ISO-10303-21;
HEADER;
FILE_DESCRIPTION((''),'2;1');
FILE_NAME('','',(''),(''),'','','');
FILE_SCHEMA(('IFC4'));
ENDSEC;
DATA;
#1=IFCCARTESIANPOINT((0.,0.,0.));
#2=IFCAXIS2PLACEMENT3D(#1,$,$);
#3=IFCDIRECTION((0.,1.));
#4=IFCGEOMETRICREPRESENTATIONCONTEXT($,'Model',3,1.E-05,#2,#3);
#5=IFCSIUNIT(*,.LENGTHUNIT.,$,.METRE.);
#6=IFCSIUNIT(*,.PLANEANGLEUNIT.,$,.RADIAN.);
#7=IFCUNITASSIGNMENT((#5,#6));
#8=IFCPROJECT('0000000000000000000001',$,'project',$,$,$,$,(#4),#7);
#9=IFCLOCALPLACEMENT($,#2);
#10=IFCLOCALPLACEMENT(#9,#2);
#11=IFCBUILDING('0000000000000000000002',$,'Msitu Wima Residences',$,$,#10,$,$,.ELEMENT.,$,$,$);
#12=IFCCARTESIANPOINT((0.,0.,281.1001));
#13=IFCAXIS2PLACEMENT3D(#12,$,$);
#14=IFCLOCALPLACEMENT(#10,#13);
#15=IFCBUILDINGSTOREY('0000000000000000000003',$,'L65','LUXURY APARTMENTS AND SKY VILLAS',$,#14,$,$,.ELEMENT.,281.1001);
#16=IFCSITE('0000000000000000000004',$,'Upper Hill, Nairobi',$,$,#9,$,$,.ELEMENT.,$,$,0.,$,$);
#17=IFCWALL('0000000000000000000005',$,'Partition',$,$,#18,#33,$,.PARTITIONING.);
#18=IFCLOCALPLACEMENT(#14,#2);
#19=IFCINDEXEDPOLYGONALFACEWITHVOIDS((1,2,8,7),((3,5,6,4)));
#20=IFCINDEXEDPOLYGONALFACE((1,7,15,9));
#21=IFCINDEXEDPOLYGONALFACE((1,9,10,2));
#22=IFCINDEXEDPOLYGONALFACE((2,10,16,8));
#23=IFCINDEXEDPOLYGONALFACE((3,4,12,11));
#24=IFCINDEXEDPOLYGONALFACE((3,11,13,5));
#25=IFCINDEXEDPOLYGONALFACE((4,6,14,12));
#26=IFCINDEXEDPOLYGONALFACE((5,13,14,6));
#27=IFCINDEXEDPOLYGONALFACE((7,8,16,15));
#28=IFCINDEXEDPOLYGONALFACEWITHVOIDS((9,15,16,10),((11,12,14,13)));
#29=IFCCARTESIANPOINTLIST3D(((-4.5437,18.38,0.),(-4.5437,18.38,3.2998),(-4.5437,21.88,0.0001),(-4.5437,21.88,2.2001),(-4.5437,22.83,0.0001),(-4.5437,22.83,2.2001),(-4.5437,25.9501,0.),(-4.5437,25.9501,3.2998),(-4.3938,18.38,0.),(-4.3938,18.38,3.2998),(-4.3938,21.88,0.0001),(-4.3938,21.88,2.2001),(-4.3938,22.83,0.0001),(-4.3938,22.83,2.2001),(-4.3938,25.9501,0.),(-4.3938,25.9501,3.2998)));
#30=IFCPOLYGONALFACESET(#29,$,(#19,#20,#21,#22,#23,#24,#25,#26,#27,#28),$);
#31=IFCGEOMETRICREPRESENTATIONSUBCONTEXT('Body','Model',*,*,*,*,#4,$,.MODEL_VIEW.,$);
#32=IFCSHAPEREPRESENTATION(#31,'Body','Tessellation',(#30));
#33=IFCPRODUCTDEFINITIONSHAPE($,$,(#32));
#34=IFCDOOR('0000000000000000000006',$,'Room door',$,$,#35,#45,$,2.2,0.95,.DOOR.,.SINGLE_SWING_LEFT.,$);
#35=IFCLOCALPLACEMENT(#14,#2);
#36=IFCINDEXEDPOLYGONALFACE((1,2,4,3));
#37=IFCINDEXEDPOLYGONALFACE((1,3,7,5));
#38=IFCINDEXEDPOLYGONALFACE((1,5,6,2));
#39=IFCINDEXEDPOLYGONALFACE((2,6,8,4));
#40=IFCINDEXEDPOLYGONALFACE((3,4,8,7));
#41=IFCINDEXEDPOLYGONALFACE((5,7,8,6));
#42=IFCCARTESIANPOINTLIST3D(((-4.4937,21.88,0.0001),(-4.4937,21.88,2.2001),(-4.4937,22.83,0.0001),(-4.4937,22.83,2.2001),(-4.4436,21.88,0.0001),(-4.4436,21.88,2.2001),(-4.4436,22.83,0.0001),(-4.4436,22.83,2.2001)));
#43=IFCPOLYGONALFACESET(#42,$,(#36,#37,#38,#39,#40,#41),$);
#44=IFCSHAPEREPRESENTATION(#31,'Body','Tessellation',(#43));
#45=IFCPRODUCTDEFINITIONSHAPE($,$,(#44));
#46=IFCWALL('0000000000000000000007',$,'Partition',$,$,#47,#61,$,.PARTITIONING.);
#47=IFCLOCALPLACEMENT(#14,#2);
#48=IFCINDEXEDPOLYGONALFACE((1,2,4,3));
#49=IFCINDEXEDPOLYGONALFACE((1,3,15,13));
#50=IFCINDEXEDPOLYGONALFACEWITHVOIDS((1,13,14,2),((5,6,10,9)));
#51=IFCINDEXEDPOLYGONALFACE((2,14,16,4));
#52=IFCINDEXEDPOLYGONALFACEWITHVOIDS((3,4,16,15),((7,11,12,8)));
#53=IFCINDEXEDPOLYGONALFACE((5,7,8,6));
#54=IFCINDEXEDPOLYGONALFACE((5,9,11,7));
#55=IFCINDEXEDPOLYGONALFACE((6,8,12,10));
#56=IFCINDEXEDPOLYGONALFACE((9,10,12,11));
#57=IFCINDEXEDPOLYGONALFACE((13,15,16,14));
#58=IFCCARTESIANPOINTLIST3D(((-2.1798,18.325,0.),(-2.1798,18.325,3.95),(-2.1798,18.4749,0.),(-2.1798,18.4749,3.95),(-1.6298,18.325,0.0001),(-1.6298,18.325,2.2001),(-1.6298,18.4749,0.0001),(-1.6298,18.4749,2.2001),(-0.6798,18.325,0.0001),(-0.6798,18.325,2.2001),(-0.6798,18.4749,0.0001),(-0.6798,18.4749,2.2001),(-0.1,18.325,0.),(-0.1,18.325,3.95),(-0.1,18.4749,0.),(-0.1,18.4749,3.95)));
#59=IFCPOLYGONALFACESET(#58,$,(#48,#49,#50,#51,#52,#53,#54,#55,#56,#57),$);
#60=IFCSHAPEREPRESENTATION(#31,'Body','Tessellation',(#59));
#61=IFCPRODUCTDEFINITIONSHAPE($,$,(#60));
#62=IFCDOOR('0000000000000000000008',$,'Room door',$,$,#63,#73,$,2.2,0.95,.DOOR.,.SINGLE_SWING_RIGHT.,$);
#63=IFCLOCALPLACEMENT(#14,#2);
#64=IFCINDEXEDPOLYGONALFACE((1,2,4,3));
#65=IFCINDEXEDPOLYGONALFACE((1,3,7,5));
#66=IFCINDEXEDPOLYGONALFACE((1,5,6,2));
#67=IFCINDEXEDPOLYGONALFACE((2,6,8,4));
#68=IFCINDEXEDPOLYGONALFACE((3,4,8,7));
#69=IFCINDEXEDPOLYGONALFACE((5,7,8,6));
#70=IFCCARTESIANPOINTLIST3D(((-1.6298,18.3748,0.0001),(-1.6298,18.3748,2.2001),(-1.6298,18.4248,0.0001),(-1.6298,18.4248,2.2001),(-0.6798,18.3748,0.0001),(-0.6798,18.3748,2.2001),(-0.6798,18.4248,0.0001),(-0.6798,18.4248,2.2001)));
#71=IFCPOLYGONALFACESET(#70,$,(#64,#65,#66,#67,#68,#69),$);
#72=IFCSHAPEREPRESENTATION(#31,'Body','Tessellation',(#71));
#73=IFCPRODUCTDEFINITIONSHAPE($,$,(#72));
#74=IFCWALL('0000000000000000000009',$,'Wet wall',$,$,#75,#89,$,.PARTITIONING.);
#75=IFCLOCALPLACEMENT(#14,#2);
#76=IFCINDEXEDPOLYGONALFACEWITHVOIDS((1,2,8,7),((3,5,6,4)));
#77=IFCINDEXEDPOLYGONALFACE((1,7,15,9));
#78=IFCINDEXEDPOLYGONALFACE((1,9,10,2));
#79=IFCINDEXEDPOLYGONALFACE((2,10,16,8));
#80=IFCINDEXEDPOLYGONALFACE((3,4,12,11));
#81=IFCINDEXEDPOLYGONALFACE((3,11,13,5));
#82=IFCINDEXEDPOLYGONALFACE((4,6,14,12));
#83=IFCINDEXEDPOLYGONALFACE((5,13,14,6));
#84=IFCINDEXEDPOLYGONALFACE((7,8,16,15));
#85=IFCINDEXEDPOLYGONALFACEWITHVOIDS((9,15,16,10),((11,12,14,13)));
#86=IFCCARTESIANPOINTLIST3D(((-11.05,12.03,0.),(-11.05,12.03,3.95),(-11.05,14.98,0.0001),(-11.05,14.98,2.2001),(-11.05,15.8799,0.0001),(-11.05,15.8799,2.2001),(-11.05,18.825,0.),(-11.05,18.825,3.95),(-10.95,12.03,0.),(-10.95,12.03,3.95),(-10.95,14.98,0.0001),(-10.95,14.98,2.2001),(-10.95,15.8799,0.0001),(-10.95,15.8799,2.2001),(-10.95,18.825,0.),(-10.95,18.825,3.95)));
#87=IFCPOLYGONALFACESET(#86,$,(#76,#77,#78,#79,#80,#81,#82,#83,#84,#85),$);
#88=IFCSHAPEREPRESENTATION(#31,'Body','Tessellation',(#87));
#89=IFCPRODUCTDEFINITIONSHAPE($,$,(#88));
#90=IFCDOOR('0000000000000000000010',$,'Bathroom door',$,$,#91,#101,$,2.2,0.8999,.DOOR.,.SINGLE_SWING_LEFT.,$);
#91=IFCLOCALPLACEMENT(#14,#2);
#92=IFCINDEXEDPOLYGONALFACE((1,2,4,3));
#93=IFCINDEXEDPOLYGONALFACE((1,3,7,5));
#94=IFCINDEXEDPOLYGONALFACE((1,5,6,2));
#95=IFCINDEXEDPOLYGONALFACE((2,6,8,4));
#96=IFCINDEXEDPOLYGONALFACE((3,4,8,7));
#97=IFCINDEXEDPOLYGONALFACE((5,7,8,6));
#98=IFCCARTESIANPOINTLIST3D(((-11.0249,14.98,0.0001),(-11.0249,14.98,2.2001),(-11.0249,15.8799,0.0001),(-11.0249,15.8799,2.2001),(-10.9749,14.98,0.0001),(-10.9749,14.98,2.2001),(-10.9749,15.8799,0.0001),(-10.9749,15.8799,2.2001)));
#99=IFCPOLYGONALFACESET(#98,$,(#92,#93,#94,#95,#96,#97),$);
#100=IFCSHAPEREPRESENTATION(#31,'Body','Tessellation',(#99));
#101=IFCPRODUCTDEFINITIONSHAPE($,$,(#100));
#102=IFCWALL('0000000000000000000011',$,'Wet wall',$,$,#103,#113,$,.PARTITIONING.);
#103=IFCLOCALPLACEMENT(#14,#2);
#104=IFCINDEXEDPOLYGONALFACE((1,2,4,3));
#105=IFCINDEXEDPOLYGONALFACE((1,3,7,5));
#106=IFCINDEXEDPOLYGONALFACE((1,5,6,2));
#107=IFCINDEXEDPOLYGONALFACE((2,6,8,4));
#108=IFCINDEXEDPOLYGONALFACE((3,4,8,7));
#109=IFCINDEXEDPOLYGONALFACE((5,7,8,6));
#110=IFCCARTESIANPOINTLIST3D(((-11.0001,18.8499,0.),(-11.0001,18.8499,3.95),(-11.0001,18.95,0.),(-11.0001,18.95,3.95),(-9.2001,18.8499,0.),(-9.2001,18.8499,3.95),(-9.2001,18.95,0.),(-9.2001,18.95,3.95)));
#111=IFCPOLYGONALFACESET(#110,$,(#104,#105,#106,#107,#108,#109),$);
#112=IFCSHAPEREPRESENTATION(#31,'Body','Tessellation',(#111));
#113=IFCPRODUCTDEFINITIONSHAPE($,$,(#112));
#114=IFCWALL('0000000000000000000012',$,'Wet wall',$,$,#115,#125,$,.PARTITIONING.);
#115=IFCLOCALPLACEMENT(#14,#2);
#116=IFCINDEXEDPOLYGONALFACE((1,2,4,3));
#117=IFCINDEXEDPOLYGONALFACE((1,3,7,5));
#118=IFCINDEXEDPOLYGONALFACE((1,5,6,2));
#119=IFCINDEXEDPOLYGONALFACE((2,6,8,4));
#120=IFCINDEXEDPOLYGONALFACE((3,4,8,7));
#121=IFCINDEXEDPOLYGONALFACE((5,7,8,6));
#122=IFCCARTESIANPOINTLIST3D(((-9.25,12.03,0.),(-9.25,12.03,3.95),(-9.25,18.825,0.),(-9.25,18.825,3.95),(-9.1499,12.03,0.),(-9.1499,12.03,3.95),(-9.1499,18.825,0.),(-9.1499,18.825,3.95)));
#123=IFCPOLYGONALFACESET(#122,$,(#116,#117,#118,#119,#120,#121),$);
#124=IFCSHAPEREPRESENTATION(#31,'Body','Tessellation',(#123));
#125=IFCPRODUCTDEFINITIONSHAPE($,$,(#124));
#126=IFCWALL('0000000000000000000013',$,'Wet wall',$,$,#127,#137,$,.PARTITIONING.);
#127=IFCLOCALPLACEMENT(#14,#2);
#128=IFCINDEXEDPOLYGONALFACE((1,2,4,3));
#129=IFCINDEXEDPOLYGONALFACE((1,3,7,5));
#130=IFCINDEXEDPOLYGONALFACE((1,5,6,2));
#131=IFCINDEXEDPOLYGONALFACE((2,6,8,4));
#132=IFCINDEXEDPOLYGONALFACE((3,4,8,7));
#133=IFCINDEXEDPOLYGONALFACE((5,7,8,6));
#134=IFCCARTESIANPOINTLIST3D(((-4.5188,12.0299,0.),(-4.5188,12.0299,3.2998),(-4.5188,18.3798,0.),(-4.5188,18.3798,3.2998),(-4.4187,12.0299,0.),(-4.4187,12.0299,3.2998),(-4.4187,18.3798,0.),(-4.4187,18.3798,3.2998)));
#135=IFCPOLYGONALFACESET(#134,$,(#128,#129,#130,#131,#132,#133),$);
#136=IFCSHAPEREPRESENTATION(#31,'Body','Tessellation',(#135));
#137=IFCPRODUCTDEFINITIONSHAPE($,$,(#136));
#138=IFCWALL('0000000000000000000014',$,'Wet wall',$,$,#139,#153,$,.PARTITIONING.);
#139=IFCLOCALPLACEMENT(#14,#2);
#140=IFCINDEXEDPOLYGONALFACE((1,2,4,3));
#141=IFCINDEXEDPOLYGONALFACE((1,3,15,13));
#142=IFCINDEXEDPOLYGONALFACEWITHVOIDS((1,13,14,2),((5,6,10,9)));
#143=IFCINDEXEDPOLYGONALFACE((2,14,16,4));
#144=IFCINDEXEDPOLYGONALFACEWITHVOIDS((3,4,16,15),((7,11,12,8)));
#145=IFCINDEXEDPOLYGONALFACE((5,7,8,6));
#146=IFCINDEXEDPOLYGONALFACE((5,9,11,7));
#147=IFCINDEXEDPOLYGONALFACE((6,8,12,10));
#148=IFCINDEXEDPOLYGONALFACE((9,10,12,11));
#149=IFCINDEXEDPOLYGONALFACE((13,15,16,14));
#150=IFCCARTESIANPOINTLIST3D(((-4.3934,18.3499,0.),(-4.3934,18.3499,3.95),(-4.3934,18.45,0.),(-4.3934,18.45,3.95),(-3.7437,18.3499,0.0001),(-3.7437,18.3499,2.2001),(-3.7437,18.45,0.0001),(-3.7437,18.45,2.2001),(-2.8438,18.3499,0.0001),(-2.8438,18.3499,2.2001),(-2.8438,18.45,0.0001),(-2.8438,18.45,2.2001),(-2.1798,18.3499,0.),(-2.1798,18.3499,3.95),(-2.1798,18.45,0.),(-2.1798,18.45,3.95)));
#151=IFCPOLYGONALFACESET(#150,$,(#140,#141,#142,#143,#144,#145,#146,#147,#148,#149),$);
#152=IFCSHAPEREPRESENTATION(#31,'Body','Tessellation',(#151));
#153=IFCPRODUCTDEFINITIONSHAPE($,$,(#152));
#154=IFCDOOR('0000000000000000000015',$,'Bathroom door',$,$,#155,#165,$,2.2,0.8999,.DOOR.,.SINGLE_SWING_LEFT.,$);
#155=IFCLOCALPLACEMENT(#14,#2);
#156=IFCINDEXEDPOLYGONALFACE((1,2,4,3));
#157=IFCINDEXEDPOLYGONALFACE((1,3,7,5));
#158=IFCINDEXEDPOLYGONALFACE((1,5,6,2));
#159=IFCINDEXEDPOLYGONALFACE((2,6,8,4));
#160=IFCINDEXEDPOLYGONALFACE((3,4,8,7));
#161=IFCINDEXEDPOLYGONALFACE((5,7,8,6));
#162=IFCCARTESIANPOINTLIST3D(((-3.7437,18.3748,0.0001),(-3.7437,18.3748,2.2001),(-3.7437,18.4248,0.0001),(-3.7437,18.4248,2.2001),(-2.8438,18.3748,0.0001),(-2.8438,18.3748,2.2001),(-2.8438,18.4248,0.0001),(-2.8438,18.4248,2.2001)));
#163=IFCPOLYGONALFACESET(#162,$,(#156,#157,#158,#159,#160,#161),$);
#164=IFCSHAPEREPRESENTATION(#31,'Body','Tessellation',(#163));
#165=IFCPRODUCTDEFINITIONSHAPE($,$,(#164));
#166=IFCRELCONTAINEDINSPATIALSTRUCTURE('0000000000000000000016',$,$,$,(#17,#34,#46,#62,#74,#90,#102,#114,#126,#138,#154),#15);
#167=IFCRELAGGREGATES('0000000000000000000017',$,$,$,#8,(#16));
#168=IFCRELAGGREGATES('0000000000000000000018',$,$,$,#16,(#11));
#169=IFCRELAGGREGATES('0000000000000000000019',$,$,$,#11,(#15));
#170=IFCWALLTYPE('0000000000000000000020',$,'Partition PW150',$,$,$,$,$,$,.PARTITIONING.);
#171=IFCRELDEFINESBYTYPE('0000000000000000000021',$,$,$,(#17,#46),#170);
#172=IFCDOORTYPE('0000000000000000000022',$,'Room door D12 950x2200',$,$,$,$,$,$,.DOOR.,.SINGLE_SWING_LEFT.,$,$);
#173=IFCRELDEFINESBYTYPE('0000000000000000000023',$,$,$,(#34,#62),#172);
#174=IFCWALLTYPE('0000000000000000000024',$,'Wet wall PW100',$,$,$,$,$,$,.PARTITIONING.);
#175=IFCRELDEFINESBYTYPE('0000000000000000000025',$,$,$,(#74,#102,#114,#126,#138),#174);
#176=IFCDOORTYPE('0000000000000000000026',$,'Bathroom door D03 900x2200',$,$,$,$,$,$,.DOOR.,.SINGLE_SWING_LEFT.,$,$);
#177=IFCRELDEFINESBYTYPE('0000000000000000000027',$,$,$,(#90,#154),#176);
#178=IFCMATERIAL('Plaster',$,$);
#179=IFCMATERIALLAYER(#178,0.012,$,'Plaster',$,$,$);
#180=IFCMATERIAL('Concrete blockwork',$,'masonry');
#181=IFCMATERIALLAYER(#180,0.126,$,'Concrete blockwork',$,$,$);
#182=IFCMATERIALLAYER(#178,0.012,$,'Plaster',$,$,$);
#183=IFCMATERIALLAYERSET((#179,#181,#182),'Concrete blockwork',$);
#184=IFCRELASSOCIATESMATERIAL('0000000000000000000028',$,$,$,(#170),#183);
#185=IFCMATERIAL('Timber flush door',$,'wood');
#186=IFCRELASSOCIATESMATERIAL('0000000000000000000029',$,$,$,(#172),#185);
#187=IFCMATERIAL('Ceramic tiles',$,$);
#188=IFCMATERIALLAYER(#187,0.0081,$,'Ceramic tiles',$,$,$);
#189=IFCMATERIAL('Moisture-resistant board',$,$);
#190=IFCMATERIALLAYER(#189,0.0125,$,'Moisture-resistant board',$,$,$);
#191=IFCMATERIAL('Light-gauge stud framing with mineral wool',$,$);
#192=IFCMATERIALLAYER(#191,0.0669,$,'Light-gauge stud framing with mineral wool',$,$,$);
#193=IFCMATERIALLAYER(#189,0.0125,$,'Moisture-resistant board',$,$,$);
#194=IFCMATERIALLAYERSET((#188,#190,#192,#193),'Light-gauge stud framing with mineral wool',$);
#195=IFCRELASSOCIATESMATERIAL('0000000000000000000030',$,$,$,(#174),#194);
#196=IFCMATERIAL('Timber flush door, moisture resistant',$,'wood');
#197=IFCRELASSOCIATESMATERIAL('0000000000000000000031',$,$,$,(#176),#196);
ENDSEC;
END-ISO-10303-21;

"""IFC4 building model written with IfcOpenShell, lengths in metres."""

from ifc_helpers import new_model, si_unit, direction, frame, frame_2d, origin, place, context, subcontext, project, spatial, rectangle, extrude, material, layer, layer_set, type_object, element, fill, save


model = new_model("IFC4")

# Units and contexts
model_context = context("Model", 3, precision=1e-05, world=origin(), true_north=direction((0.0, 1.0)))
body_context = subcontext(model_context, "Body", "Model", "MODEL_VIEW")
ifc_project = project(units=[si_unit("LENGTHUNIT", "METRE"), si_unit("PLANEANGLEUNIT", "RADIAN")], contexts=[model_context])

# Site, building, storey
site_placement = place(None, origin())
site = spatial("IfcSite", under=ifc_project, at=site_placement, Name="Upper Hill, Nairobi", CompositionType="ELEMENT", RefElevation=0.0)
building_placement = place(site_placement, origin())
building = spatial("IfcBuilding", under=site, at=building_placement, Name="Msitu Wima Residences", CompositionType="ELEMENT")
storey_placement = place(building_placement, frame((0.0, 0.0, 281.1001)))
storey = spatial("IfcBuildingStorey", under=building, at=storey_placement, Name="L65", Description="LUXURY APARTMENTS AND SKY VILLAS", CompositionType="ELEMENT", Elevation=281.1001)

# Walls, openings, doors
ifc_material_1 = material(Name="Plaster")
ifc_layer_1 = layer(ifc_material_1, 0.012, Name="Plaster")
ifc_material_2 = material(Name="Concrete blockwork", Category="masonry")
ifc_layer_2 = layer(ifc_material_2, 0.126, Name="Concrete blockwork")
ifc_layer_3 = layer(ifc_material_1, 0.012, Name="Plaster")
ifc_layer_set_1 = layer_set([ifc_layer_1, ifc_layer_2, ifc_layer_3], Name="Concrete blockwork")
wall_type_1 = type_object("IfcWallType", Name="Partition PW150", PredefinedType="PARTITIONING", material=ifc_layer_set_1)
ifc_material_3 = material(Name="Timber flush door", Category="wood")
door_type_1 = type_object("IfcDoorType", Name="Room door D12 950x2200", OperationType="SINGLE_SWING_LEFT", PredefinedType="DOOR", material=ifc_material_3)
wall_1_placement = place(storey_placement, frame((-4.4688, 18.3799, 0.0), z_axis=(0.0, 0.0, 1.0), x_axis=(0.0, 1.0, 0.0)))
wall_1 = element("IfcWall", 1, at=wall_1_placement, inside=storey, type_object=wall_type_1, Name="Partition", PredefinedType="PARTITIONING", context=body_context, shape_type="SweptSolid", body=[
    extrude(rectangle(XDim=7.5701, YDim=0.1499, at=frame_2d((3.7852, 0.0))), origin(), (0.0, 0.0, 1.0), 3.2998),
])
opening_1_placement = place(wall_1_placement, frame((3.5, 0.0, 0.0)))
opening_1 = element("IfcOpeningElement", 2, at=opening_1_placement, cuts=wall_1, PredefinedType="OPENING", context=body_context, shape_type="SweptSolid", body=[
    extrude(rectangle(XDim=0.95, YDim=2.2, at=frame_2d((0.4751, 1.1001))), frame((0.0, 0.085, 0.0), z_axis=(0.0, -1.0, 0.0), x_axis=(1.0, 0.0, 0.0)), (0.0, 0.0, 1.0), 0.1699),
])
door_1_placement = place(opening_1_placement, origin())
door_1 = element("IfcDoor", 3, at=door_1_placement, inside=storey, type_object=door_type_1, Name="Room door", OperationType="SINGLE_SWING_LEFT", OverallHeight=2.2, OverallWidth=0.95, PredefinedType="DOOR", context=body_context, shape_type="SweptSolid", body=[
    extrude(rectangle(XDim=0.95, YDim=2.2, at=frame_2d((0.4751, 1.1001))), frame((0.0, 0.0249, 0.0), z_axis=(0.0, -1.0, 0.0), x_axis=(1.0, 0.0, 0.0)), (0.0, 0.0, 1.0), 0.05),
])
fill(opening_1, door_1)
wall_2_placement = place(storey_placement, frame((-2.1799, 18.3999, 0.0), z_axis=(0.0, 0.0, 1.0), x_axis=(1.0, 0.0, 0.0)))
wall_2 = element("IfcWall", 4, at=wall_2_placement, inside=storey, type_object=wall_type_1, Name="Partition", PredefinedType="PARTITIONING", context=body_context, shape_type="SweptSolid", body=[
    extrude(rectangle(XDim=2.0798, YDim=0.1499, at=frame_2d((1.04, 0.0))), origin(), (0.0, 0.0, 1.0), 3.95),
])
opening_2_placement = place(wall_2_placement, frame((0.55, 0.0, 0.0)))
opening_2 = element("IfcOpeningElement", 5, at=opening_2_placement, cuts=wall_2, PredefinedType="OPENING", context=body_context, shape_type="SweptSolid", body=[
    extrude(rectangle(XDim=0.95, YDim=2.2, at=frame_2d((0.4751, 1.1001))), frame((0.0, 0.085, 0.0), z_axis=(0.0, -1.0, 0.0), x_axis=(1.0, 0.0, 0.0)), (0.0, 0.0, 1.0), 0.1699),
])
door_2_placement = place(opening_2_placement, origin())
door_2 = element("IfcDoor", 6, at=door_2_placement, inside=storey, type_object=door_type_1, Name="Room door", OperationType="SINGLE_SWING_RIGHT", OverallHeight=2.2, OverallWidth=0.95, PredefinedType="DOOR", context=body_context, shape_type="SweptSolid", body=[
    extrude(rectangle(XDim=0.95, YDim=2.2, at=frame_2d((0.4751, 1.1001))), frame((0.0, 0.0249, 0.0), z_axis=(0.0, -1.0, 0.0), x_axis=(1.0, 0.0, 0.0)), (0.0, 0.0, 1.0), 0.05),
])
fill(opening_2, door_2)
ifc_material_4 = material(Name="Ceramic tiles")
ifc_layer_4 = layer(ifc_material_4, 0.0081, Name="Ceramic tiles")
ifc_material_5 = material(Name="Moisture-resistant board")
ifc_layer_5 = layer(ifc_material_5, 0.0125, Name="Moisture-resistant board")
ifc_material_6 = material(Name="Light-gauge stud framing with mineral wool")
ifc_layer_6 = layer(ifc_material_6, 0.0669, Name="Light-gauge stud framing with mineral wool")
ifc_layer_7 = layer(ifc_material_5, 0.0125, Name="Moisture-resistant board")
ifc_layer_set_2 = layer_set([ifc_layer_4, ifc_layer_5, ifc_layer_6, ifc_layer_7], Name="Light-gauge stud framing with mineral wool")
wall_type_2 = type_object("IfcWallType", Name="Wet wall PW100", PredefinedType="PARTITIONING", material=ifc_layer_set_2)
wall_3_placement = place(storey_placement, frame((-11.0, 12.03, 0.0), z_axis=(0.0, 0.0, 1.0), x_axis=(0.0, 1.0, 0.0)))
wall_3 = element("IfcWall", 7, at=wall_3_placement, inside=storey, type_object=wall_type_2, Name="Wet wall", PredefinedType="PARTITIONING", context=body_context, shape_type="SweptSolid", body=[
    extrude(rectangle(XDim=6.7949, YDim=0.1001, at=frame_2d((3.3975, 0.0))), origin(), (0.0, 0.0, 1.0), 3.95),
])
opening_3_placement = place(wall_3_placement, frame((2.95, 0.0, 0.0)))
opening_3 = element("IfcOpeningElement", 8, at=opening_3_placement, cuts=wall_3, PredefinedType="OPENING", context=body_context, shape_type="SweptSolid", body=[
    extrude(rectangle(XDim=0.8999, YDim=2.2, at=frame_2d((0.45, 1.1001))), frame((0.0, 0.0601, 0.0), z_axis=(0.0, -1.0, 0.0), x_axis=(1.0, 0.0, 0.0)), (0.0, 0.0, 1.0), 0.1201),
])
ifc_material_7 = material(Name="Timber flush door, moisture resistant", Category="wood")
door_type_2 = type_object("IfcDoorType", Name="Bathroom door D03 900x2200", OperationType="SINGLE_SWING_LEFT", PredefinedType="DOOR", material=ifc_material_7)
door_3_placement = place(opening_3_placement, origin())
door_3 = element("IfcDoor", 9, at=door_3_placement, inside=storey, type_object=door_type_2, Name="Bathroom door", OperationType="SINGLE_SWING_LEFT", OverallHeight=2.2, OverallWidth=0.8999, PredefinedType="DOOR", context=body_context, shape_type="SweptSolid", body=[
    extrude(rectangle(XDim=0.8999, YDim=2.2, at=frame_2d((0.45, 1.1001))), frame((0.0, 0.0249, 0.0), z_axis=(0.0, -1.0, 0.0), x_axis=(1.0, 0.0, 0.0)), (0.0, 0.0, 1.0), 0.05),
])
fill(opening_3, door_3)

# Walls
wall_4_placement = place(storey_placement, frame((-11.0, 18.8999, 0.0), z_axis=(0.0, 0.0, 1.0), x_axis=(1.0, 0.0, 0.0)))
element("IfcWall", 10, at=wall_4_placement, inside=storey, type_object=wall_type_2, Name="Wet wall", PredefinedType="PARTITIONING", context=body_context, shape_type="SweptSolid", body=[
    extrude(rectangle(XDim=1.8, YDim=0.1001, at=frame_2d((0.8999, 0.0))), origin(), (0.0, 0.0, 1.0), 3.95),
])
wall_5_placement = place(storey_placement, frame((-9.2, 12.03, 0.0), z_axis=(0.0, 0.0, 1.0), x_axis=(0.0, 1.0, 0.0)))
element("IfcWall", 11, at=wall_5_placement, inside=storey, type_object=wall_type_2, Name="Wet wall", PredefinedType="PARTITIONING", context=body_context, shape_type="SweptSolid", body=[
    extrude(rectangle(XDim=6.7949, YDim=0.1001, at=frame_2d((3.3975, 0.0))), origin(), (0.0, 0.0, 1.0), 3.95),
])
wall_6_placement = place(storey_placement, frame((-4.4688, 12.03, 0.0), z_axis=(0.0, 0.0, 1.0), x_axis=(0.0, 1.0, 0.0)))
element("IfcWall", 12, at=wall_6_placement, inside=storey, type_object=wall_type_2, Name="Wet wall", PredefinedType="PARTITIONING", context=body_context, shape_type="SweptSolid", body=[
    extrude(rectangle(XDim=6.3499, YDim=0.1001, at=frame_2d((3.1748, 0.0))), origin(), (0.0, 0.0, 1.0), 3.2998),
])

# Wall, opening, door
wall_7_placement = place(storey_placement, frame((-4.3936, 18.3999, 0.0), z_axis=(0.0, 0.0, 1.0), x_axis=(1.0, 0.0, 0.0)))
wall_7 = element("IfcWall", 13, at=wall_7_placement, inside=storey, type_object=wall_type_2, Name="Wet wall", PredefinedType="PARTITIONING", context=body_context, shape_type="SweptSolid", body=[
    extrude(rectangle(XDim=2.2136, YDim=0.1001, at=frame_2d((1.1069, 0.0))), origin(), (0.0, 0.0, 1.0), 3.95),
])
opening_4_placement = place(wall_7_placement, frame((0.6499, 0.0, 0.0)))
opening_4 = element("IfcOpeningElement", 14, at=opening_4_placement, cuts=wall_7, PredefinedType="OPENING", context=body_context, shape_type="SweptSolid", body=[
    extrude(rectangle(XDim=0.8999, YDim=2.2, at=frame_2d((0.45, 1.1001))), frame((0.0, 0.0601, 0.0), z_axis=(0.0, -1.0, 0.0), x_axis=(1.0, 0.0, 0.0)), (0.0, 0.0, 1.0), 0.1201),
])
door_4_placement = place(opening_4_placement, origin())
door_4 = element("IfcDoor", 15, at=door_4_placement, inside=storey, type_object=door_type_2, Name="Bathroom door", OperationType="SINGLE_SWING_LEFT", OverallHeight=2.2, OverallWidth=0.8999, PredefinedType="DOOR", context=body_context, shape_type="SweptSolid", body=[
    extrude(rectangle(XDim=0.8999, YDim=2.2, at=frame_2d((0.45, 1.1001))), frame((0.0, 0.0249, 0.0), z_axis=(0.0, -1.0, 0.0), x_axis=(1.0, 0.0, 0.0)), (0.0, 0.0, 1.0), 0.05),
])
fill(opening_4, door_4)

save(model, "model.ifc")
